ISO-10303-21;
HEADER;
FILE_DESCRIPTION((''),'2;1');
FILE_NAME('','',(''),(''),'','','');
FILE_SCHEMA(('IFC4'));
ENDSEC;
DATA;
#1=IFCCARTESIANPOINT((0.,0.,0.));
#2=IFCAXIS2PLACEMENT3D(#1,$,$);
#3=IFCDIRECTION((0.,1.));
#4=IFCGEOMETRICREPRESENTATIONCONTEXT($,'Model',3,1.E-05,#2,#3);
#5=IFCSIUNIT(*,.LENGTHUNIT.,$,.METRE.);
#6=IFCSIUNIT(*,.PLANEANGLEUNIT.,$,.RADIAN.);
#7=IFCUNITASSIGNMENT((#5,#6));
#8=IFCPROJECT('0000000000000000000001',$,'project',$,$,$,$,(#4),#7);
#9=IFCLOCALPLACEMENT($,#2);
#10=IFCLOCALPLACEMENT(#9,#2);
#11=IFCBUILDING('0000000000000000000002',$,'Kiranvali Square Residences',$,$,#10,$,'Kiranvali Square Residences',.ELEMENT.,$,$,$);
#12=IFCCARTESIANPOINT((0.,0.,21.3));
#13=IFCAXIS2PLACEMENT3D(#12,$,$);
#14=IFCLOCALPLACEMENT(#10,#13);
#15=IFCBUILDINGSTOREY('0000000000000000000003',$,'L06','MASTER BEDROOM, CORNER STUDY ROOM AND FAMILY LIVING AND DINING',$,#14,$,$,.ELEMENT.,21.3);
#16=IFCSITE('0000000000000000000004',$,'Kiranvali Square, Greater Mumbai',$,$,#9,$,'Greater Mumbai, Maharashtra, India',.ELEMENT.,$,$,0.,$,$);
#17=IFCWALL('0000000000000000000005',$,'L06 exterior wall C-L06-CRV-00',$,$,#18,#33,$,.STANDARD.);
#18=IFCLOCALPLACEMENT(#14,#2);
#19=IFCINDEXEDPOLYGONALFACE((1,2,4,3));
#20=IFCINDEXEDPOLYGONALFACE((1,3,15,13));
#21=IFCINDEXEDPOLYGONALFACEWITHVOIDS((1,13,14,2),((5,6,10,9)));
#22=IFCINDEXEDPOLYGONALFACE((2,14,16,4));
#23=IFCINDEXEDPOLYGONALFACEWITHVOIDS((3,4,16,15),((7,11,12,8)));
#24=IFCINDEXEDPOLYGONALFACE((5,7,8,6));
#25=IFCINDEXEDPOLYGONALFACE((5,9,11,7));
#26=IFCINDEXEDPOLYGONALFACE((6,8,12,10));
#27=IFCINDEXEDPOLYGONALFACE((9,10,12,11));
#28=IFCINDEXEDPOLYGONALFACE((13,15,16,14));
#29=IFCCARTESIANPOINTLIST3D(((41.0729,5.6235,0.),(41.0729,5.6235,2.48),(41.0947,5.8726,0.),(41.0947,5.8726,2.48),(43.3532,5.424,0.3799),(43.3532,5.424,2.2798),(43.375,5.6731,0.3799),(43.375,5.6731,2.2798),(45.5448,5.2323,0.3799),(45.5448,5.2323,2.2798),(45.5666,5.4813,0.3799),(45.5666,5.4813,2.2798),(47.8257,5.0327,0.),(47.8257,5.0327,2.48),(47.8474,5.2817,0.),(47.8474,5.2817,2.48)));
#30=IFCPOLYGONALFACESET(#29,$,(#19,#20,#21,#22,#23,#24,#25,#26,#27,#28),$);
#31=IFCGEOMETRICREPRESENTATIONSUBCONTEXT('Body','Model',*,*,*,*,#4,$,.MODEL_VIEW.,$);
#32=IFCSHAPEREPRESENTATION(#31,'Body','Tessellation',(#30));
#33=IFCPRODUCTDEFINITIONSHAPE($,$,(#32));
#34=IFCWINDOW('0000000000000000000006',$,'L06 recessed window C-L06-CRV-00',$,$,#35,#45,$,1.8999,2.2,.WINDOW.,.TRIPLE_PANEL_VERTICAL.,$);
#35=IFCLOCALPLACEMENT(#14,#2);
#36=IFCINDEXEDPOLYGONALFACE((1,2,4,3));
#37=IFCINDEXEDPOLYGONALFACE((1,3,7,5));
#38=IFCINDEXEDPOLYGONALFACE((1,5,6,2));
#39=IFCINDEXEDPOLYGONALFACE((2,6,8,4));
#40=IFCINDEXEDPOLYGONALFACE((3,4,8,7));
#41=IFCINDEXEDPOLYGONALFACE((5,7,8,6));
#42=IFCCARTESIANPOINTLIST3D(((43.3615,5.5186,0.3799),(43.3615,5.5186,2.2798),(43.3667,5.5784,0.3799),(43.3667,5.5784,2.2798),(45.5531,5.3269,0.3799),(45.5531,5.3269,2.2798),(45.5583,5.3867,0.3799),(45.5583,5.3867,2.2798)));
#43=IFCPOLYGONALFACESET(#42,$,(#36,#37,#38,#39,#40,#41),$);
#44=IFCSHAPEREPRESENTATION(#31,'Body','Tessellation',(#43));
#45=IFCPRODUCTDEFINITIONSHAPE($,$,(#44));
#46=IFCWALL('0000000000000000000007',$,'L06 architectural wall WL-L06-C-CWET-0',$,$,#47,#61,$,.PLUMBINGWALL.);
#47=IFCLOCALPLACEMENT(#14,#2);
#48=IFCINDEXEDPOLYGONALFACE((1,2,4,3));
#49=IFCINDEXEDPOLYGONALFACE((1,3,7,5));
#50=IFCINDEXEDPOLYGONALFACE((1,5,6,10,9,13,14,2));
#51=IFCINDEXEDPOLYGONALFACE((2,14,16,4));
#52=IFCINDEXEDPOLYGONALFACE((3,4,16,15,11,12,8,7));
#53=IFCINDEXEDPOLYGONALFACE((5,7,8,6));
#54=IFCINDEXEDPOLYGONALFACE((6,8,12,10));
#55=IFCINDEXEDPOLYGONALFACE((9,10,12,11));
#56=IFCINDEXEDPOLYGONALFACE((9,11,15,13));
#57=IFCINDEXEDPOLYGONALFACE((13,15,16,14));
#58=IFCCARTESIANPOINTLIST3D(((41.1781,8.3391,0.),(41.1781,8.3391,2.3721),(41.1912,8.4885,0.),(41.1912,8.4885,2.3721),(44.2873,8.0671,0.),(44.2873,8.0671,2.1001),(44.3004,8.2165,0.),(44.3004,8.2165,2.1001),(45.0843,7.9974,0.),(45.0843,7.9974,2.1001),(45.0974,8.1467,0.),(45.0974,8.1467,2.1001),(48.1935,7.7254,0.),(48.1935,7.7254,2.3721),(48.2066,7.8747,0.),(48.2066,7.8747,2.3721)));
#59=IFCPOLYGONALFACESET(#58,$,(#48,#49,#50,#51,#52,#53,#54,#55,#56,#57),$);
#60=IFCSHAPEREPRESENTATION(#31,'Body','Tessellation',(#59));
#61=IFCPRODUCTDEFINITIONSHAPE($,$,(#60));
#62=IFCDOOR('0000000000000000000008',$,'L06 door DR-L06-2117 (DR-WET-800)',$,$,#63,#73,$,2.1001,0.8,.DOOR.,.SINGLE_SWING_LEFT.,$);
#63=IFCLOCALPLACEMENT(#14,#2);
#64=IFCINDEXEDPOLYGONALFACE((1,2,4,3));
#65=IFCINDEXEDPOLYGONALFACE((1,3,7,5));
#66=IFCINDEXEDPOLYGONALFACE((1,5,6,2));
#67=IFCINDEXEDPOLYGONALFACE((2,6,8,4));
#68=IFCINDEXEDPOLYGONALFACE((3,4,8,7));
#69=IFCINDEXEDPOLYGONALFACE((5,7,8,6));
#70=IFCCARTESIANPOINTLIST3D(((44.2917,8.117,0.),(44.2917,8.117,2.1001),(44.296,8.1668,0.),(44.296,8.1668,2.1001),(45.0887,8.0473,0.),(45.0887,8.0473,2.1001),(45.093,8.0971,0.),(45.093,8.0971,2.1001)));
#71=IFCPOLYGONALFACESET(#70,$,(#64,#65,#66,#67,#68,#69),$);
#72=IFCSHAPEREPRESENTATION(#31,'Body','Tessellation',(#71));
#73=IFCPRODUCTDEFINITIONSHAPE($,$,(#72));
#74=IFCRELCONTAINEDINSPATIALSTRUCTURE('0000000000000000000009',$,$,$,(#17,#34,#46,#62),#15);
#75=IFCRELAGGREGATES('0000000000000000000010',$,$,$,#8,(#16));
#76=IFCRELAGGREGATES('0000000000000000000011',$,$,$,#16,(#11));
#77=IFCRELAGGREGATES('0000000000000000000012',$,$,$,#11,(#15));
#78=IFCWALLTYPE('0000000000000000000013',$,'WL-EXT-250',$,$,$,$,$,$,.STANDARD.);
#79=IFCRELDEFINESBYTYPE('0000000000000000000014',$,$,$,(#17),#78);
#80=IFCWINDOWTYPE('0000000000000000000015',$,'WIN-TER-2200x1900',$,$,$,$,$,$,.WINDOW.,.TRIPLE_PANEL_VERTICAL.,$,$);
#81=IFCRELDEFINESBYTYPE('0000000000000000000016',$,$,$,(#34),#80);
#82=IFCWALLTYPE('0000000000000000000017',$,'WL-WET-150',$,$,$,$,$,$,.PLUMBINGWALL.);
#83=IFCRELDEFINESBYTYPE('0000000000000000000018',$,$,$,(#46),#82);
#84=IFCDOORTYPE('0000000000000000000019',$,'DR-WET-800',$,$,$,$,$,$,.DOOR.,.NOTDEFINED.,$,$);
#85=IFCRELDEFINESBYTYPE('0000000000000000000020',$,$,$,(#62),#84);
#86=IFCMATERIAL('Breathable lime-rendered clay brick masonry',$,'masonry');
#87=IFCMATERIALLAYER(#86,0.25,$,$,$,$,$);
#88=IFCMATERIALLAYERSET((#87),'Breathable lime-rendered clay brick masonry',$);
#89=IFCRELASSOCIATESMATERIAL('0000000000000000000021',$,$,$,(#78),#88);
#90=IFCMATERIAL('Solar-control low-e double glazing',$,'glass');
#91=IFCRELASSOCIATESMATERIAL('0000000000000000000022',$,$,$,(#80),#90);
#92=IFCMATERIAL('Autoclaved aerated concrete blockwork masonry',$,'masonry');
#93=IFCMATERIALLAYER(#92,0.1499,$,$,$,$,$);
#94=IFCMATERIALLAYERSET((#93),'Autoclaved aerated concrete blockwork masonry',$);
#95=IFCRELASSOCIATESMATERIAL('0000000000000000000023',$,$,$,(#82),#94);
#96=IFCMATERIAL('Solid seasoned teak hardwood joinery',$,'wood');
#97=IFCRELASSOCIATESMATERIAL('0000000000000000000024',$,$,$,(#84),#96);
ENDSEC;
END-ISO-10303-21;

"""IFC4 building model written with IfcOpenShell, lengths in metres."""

from ifc_helpers import new_model, si_unit, direction, frame, frame_2d, origin, place, context, subcontext, project, spatial, rectangle, extrude, material, layer, layer_set, type_object, element, fill, save


model = new_model("IFC4")

# Units and contexts
model_context = context("Model", 3, precision=1e-05, world=origin(), true_north=direction((0.0, 1.0)))
body_context = subcontext(model_context, "Body", "Model", "MODEL_VIEW")
ifc_project = project(units=[si_unit("LENGTHUNIT", "METRE"), si_unit("PLANEANGLEUNIT", "RADIAN")], contexts=[model_context])

# Site, building, storey
site_placement = place(None, origin())
site = spatial("IfcSite", under=ifc_project, at=site_placement, Name="Kiranvali Square, Greater Mumbai", LongName="Greater Mumbai, Maharashtra, India", CompositionType="ELEMENT", RefElevation=0.0)
building_placement = place(site_placement, origin())
building = spatial("IfcBuilding", under=site, at=building_placement, Name="Kiranvali Square Residences", LongName="Kiranvali Square Residences", CompositionType="ELEMENT")
storey_placement = place(building_placement, frame((0.0, 0.0, 21.3)))
storey = spatial("IfcBuildingStorey", under=building, at=storey_placement, Name="L06", Description="MASTER BEDROOM, CORNER STUDY ROOM AND FAMILY LIVING AND DINING", CompositionType="ELEMENT", Elevation=21.3)

# Wall, opening, window
ifc_material_1 = material(Name="Breathable lime-rendered clay brick masonry", Category="masonry")
ifc_layer_1 = layer(ifc_material_1, 0.25)
ifc_layer_set_1 = layer_set([ifc_layer_1], Name="Breathable lime-rendered clay brick masonry")
wall_type_1 = type_object("IfcWallType", Name="WL-EXT-250", PredefinedType="STANDARD", material=ifc_layer_set_1)
wall_1_placement = place(storey_placement, frame((47.8364, 5.1572, 0.0), z_axis=(0.0, 0.0, 1.0), x_axis=(-0.996194, 0.087161, 0.0)))
wall_1 = element("IfcWall", 1, at=wall_1_placement, inside=storey, type_object=wall_type_1, Name="L06 exterior wall C-L06-CRV-00", PredefinedType="STANDARD", context=body_context, shape_type="SweptSolid", body=[
    extrude(rectangle(XDim=6.7786, YDim=0.25, at=frame_2d((3.3892, 0.0))), origin(), (0.0, 0.0, 1.0), 2.48),
])
opening_1_placement = place(wall_1_placement, frame((2.2893, 0.0, 0.3799)))
opening_1 = element("IfcOpeningElement", 2, at=opening_1_placement, cuts=wall_1, PredefinedType="OPENING", context=body_context, shape_type="SweptSolid", body=[
    extrude(rectangle(XDim=2.2, YDim=1.8999, at=frame_2d((1.1001, 0.95))), frame((0.0, 0.135, 0.0), z_axis=(0.0, -1.0, 0.0), x_axis=(1.0, 0.0, 0.0)), (0.0, 0.0, 1.0), 0.27),
])
ifc_material_2 = material(Name="Solar-control low-e double glazing", Category="glass")
window_type_1 = type_object("IfcWindowType", Name="WIN-TER-2200x1900", PartitioningType="TRIPLE_PANEL_VERTICAL", PredefinedType="WINDOW", material=ifc_material_2)
window_1_placement = place(opening_1_placement, origin())
window_1 = element("IfcWindow", 3, at=window_1_placement, inside=storey, type_object=window_type_1, Name="L06 recessed window C-L06-CRV-00", OverallHeight=1.8999, OverallWidth=2.2, PartitioningType="TRIPLE_PANEL_VERTICAL", PredefinedType="WINDOW", context=body_context, shape_type="SweptSolid", body=[
    extrude(rectangle(XDim=2.2, YDim=1.8999, at=frame_2d((1.1001, 0.95))), frame((0.0, 0.03, 0.0), z_axis=(0.0, -1.0, 0.0), x_axis=(1.0, 0.0, 0.0)), (0.0, 0.0, 1.0), 0.0601),
])
fill(opening_1, window_1)

# Wall, opening, door
ifc_material_3 = material(Name="Autoclaved aerated concrete blockwork masonry", Category="masonry")
ifc_layer_2 = layer(ifc_material_3, 0.1499)
ifc_layer_set_2 = layer_set([ifc_layer_2], Name="Autoclaved aerated concrete blockwork masonry")
wall_type_2 = type_object("IfcWallType", Name="WL-WET-150", PredefinedType="PLUMBINGWALL", material=ifc_layer_set_2)
wall_2_placement = place(storey_placement, frame((48.2, 7.8, 0.0), z_axis=(0.0, 0.0, 1.0), x_axis=(-0.996195, 0.087156, 0.0)))
wall_2 = element("IfcWall", 4, at=wall_2_placement, inside=storey, type_object=wall_type_2, Name="L06 architectural wall WL-L06-C-CWET-0", PredefinedType="PLUMBINGWALL", context=body_context, shape_type="SweptSolid", body=[
    extrude(rectangle(XDim=7.0422, YDim=0.1499, at=frame_2d((3.521, 0.0))), origin(), (0.0, 0.0, 1.0), 2.3721),
])
opening_2_placement = place(wall_2_placement, frame((3.1211, 0.0, 0.0)))
opening_2 = element("IfcOpeningElement", 5, at=opening_2_placement, cuts=wall_2, PredefinedType="OPENING", context=body_context, shape_type="SweptSolid", body=[
    extrude(rectangle(XDim=0.8, YDim=2.1001, at=frame_2d((0.3999, 1.05))), frame((0.0, 0.085, 0.0), z_axis=(0.0, -1.0, 0.0), x_axis=(1.0, 0.0, 0.0)), (0.0, 0.0, 1.0), 0.1699),
])
ifc_material_4 = material(Name="Solid seasoned teak hardwood joinery", Category="wood")
door_type_1 = type_object("IfcDoorType", Name="DR-WET-800", OperationType="NOTDEFINED", PredefinedType="DOOR", material=ifc_material_4)
door_1_placement = place(opening_2_placement, origin())
door_1 = element("IfcDoor", 6, at=door_1_placement, inside=storey, type_object=door_type_1, Name="L06 door DR-L06-2117 (DR-WET-800)", OperationType="SINGLE_SWING_LEFT", OverallHeight=2.1001, OverallWidth=0.8, PredefinedType="DOOR", context=body_context, shape_type="SweptSolid", body=[
    extrude(rectangle(XDim=0.8, YDim=2.1001, at=frame_2d((0.3999, 1.05))), frame((0.0, 0.0249, 0.0), z_axis=(0.0, -1.0, 0.0), x_axis=(1.0, 0.0, 0.0)), (0.0, 0.0, 1.0), 0.05),
])
fill(opening_2, door_1)

save(model, "model.ifc")
